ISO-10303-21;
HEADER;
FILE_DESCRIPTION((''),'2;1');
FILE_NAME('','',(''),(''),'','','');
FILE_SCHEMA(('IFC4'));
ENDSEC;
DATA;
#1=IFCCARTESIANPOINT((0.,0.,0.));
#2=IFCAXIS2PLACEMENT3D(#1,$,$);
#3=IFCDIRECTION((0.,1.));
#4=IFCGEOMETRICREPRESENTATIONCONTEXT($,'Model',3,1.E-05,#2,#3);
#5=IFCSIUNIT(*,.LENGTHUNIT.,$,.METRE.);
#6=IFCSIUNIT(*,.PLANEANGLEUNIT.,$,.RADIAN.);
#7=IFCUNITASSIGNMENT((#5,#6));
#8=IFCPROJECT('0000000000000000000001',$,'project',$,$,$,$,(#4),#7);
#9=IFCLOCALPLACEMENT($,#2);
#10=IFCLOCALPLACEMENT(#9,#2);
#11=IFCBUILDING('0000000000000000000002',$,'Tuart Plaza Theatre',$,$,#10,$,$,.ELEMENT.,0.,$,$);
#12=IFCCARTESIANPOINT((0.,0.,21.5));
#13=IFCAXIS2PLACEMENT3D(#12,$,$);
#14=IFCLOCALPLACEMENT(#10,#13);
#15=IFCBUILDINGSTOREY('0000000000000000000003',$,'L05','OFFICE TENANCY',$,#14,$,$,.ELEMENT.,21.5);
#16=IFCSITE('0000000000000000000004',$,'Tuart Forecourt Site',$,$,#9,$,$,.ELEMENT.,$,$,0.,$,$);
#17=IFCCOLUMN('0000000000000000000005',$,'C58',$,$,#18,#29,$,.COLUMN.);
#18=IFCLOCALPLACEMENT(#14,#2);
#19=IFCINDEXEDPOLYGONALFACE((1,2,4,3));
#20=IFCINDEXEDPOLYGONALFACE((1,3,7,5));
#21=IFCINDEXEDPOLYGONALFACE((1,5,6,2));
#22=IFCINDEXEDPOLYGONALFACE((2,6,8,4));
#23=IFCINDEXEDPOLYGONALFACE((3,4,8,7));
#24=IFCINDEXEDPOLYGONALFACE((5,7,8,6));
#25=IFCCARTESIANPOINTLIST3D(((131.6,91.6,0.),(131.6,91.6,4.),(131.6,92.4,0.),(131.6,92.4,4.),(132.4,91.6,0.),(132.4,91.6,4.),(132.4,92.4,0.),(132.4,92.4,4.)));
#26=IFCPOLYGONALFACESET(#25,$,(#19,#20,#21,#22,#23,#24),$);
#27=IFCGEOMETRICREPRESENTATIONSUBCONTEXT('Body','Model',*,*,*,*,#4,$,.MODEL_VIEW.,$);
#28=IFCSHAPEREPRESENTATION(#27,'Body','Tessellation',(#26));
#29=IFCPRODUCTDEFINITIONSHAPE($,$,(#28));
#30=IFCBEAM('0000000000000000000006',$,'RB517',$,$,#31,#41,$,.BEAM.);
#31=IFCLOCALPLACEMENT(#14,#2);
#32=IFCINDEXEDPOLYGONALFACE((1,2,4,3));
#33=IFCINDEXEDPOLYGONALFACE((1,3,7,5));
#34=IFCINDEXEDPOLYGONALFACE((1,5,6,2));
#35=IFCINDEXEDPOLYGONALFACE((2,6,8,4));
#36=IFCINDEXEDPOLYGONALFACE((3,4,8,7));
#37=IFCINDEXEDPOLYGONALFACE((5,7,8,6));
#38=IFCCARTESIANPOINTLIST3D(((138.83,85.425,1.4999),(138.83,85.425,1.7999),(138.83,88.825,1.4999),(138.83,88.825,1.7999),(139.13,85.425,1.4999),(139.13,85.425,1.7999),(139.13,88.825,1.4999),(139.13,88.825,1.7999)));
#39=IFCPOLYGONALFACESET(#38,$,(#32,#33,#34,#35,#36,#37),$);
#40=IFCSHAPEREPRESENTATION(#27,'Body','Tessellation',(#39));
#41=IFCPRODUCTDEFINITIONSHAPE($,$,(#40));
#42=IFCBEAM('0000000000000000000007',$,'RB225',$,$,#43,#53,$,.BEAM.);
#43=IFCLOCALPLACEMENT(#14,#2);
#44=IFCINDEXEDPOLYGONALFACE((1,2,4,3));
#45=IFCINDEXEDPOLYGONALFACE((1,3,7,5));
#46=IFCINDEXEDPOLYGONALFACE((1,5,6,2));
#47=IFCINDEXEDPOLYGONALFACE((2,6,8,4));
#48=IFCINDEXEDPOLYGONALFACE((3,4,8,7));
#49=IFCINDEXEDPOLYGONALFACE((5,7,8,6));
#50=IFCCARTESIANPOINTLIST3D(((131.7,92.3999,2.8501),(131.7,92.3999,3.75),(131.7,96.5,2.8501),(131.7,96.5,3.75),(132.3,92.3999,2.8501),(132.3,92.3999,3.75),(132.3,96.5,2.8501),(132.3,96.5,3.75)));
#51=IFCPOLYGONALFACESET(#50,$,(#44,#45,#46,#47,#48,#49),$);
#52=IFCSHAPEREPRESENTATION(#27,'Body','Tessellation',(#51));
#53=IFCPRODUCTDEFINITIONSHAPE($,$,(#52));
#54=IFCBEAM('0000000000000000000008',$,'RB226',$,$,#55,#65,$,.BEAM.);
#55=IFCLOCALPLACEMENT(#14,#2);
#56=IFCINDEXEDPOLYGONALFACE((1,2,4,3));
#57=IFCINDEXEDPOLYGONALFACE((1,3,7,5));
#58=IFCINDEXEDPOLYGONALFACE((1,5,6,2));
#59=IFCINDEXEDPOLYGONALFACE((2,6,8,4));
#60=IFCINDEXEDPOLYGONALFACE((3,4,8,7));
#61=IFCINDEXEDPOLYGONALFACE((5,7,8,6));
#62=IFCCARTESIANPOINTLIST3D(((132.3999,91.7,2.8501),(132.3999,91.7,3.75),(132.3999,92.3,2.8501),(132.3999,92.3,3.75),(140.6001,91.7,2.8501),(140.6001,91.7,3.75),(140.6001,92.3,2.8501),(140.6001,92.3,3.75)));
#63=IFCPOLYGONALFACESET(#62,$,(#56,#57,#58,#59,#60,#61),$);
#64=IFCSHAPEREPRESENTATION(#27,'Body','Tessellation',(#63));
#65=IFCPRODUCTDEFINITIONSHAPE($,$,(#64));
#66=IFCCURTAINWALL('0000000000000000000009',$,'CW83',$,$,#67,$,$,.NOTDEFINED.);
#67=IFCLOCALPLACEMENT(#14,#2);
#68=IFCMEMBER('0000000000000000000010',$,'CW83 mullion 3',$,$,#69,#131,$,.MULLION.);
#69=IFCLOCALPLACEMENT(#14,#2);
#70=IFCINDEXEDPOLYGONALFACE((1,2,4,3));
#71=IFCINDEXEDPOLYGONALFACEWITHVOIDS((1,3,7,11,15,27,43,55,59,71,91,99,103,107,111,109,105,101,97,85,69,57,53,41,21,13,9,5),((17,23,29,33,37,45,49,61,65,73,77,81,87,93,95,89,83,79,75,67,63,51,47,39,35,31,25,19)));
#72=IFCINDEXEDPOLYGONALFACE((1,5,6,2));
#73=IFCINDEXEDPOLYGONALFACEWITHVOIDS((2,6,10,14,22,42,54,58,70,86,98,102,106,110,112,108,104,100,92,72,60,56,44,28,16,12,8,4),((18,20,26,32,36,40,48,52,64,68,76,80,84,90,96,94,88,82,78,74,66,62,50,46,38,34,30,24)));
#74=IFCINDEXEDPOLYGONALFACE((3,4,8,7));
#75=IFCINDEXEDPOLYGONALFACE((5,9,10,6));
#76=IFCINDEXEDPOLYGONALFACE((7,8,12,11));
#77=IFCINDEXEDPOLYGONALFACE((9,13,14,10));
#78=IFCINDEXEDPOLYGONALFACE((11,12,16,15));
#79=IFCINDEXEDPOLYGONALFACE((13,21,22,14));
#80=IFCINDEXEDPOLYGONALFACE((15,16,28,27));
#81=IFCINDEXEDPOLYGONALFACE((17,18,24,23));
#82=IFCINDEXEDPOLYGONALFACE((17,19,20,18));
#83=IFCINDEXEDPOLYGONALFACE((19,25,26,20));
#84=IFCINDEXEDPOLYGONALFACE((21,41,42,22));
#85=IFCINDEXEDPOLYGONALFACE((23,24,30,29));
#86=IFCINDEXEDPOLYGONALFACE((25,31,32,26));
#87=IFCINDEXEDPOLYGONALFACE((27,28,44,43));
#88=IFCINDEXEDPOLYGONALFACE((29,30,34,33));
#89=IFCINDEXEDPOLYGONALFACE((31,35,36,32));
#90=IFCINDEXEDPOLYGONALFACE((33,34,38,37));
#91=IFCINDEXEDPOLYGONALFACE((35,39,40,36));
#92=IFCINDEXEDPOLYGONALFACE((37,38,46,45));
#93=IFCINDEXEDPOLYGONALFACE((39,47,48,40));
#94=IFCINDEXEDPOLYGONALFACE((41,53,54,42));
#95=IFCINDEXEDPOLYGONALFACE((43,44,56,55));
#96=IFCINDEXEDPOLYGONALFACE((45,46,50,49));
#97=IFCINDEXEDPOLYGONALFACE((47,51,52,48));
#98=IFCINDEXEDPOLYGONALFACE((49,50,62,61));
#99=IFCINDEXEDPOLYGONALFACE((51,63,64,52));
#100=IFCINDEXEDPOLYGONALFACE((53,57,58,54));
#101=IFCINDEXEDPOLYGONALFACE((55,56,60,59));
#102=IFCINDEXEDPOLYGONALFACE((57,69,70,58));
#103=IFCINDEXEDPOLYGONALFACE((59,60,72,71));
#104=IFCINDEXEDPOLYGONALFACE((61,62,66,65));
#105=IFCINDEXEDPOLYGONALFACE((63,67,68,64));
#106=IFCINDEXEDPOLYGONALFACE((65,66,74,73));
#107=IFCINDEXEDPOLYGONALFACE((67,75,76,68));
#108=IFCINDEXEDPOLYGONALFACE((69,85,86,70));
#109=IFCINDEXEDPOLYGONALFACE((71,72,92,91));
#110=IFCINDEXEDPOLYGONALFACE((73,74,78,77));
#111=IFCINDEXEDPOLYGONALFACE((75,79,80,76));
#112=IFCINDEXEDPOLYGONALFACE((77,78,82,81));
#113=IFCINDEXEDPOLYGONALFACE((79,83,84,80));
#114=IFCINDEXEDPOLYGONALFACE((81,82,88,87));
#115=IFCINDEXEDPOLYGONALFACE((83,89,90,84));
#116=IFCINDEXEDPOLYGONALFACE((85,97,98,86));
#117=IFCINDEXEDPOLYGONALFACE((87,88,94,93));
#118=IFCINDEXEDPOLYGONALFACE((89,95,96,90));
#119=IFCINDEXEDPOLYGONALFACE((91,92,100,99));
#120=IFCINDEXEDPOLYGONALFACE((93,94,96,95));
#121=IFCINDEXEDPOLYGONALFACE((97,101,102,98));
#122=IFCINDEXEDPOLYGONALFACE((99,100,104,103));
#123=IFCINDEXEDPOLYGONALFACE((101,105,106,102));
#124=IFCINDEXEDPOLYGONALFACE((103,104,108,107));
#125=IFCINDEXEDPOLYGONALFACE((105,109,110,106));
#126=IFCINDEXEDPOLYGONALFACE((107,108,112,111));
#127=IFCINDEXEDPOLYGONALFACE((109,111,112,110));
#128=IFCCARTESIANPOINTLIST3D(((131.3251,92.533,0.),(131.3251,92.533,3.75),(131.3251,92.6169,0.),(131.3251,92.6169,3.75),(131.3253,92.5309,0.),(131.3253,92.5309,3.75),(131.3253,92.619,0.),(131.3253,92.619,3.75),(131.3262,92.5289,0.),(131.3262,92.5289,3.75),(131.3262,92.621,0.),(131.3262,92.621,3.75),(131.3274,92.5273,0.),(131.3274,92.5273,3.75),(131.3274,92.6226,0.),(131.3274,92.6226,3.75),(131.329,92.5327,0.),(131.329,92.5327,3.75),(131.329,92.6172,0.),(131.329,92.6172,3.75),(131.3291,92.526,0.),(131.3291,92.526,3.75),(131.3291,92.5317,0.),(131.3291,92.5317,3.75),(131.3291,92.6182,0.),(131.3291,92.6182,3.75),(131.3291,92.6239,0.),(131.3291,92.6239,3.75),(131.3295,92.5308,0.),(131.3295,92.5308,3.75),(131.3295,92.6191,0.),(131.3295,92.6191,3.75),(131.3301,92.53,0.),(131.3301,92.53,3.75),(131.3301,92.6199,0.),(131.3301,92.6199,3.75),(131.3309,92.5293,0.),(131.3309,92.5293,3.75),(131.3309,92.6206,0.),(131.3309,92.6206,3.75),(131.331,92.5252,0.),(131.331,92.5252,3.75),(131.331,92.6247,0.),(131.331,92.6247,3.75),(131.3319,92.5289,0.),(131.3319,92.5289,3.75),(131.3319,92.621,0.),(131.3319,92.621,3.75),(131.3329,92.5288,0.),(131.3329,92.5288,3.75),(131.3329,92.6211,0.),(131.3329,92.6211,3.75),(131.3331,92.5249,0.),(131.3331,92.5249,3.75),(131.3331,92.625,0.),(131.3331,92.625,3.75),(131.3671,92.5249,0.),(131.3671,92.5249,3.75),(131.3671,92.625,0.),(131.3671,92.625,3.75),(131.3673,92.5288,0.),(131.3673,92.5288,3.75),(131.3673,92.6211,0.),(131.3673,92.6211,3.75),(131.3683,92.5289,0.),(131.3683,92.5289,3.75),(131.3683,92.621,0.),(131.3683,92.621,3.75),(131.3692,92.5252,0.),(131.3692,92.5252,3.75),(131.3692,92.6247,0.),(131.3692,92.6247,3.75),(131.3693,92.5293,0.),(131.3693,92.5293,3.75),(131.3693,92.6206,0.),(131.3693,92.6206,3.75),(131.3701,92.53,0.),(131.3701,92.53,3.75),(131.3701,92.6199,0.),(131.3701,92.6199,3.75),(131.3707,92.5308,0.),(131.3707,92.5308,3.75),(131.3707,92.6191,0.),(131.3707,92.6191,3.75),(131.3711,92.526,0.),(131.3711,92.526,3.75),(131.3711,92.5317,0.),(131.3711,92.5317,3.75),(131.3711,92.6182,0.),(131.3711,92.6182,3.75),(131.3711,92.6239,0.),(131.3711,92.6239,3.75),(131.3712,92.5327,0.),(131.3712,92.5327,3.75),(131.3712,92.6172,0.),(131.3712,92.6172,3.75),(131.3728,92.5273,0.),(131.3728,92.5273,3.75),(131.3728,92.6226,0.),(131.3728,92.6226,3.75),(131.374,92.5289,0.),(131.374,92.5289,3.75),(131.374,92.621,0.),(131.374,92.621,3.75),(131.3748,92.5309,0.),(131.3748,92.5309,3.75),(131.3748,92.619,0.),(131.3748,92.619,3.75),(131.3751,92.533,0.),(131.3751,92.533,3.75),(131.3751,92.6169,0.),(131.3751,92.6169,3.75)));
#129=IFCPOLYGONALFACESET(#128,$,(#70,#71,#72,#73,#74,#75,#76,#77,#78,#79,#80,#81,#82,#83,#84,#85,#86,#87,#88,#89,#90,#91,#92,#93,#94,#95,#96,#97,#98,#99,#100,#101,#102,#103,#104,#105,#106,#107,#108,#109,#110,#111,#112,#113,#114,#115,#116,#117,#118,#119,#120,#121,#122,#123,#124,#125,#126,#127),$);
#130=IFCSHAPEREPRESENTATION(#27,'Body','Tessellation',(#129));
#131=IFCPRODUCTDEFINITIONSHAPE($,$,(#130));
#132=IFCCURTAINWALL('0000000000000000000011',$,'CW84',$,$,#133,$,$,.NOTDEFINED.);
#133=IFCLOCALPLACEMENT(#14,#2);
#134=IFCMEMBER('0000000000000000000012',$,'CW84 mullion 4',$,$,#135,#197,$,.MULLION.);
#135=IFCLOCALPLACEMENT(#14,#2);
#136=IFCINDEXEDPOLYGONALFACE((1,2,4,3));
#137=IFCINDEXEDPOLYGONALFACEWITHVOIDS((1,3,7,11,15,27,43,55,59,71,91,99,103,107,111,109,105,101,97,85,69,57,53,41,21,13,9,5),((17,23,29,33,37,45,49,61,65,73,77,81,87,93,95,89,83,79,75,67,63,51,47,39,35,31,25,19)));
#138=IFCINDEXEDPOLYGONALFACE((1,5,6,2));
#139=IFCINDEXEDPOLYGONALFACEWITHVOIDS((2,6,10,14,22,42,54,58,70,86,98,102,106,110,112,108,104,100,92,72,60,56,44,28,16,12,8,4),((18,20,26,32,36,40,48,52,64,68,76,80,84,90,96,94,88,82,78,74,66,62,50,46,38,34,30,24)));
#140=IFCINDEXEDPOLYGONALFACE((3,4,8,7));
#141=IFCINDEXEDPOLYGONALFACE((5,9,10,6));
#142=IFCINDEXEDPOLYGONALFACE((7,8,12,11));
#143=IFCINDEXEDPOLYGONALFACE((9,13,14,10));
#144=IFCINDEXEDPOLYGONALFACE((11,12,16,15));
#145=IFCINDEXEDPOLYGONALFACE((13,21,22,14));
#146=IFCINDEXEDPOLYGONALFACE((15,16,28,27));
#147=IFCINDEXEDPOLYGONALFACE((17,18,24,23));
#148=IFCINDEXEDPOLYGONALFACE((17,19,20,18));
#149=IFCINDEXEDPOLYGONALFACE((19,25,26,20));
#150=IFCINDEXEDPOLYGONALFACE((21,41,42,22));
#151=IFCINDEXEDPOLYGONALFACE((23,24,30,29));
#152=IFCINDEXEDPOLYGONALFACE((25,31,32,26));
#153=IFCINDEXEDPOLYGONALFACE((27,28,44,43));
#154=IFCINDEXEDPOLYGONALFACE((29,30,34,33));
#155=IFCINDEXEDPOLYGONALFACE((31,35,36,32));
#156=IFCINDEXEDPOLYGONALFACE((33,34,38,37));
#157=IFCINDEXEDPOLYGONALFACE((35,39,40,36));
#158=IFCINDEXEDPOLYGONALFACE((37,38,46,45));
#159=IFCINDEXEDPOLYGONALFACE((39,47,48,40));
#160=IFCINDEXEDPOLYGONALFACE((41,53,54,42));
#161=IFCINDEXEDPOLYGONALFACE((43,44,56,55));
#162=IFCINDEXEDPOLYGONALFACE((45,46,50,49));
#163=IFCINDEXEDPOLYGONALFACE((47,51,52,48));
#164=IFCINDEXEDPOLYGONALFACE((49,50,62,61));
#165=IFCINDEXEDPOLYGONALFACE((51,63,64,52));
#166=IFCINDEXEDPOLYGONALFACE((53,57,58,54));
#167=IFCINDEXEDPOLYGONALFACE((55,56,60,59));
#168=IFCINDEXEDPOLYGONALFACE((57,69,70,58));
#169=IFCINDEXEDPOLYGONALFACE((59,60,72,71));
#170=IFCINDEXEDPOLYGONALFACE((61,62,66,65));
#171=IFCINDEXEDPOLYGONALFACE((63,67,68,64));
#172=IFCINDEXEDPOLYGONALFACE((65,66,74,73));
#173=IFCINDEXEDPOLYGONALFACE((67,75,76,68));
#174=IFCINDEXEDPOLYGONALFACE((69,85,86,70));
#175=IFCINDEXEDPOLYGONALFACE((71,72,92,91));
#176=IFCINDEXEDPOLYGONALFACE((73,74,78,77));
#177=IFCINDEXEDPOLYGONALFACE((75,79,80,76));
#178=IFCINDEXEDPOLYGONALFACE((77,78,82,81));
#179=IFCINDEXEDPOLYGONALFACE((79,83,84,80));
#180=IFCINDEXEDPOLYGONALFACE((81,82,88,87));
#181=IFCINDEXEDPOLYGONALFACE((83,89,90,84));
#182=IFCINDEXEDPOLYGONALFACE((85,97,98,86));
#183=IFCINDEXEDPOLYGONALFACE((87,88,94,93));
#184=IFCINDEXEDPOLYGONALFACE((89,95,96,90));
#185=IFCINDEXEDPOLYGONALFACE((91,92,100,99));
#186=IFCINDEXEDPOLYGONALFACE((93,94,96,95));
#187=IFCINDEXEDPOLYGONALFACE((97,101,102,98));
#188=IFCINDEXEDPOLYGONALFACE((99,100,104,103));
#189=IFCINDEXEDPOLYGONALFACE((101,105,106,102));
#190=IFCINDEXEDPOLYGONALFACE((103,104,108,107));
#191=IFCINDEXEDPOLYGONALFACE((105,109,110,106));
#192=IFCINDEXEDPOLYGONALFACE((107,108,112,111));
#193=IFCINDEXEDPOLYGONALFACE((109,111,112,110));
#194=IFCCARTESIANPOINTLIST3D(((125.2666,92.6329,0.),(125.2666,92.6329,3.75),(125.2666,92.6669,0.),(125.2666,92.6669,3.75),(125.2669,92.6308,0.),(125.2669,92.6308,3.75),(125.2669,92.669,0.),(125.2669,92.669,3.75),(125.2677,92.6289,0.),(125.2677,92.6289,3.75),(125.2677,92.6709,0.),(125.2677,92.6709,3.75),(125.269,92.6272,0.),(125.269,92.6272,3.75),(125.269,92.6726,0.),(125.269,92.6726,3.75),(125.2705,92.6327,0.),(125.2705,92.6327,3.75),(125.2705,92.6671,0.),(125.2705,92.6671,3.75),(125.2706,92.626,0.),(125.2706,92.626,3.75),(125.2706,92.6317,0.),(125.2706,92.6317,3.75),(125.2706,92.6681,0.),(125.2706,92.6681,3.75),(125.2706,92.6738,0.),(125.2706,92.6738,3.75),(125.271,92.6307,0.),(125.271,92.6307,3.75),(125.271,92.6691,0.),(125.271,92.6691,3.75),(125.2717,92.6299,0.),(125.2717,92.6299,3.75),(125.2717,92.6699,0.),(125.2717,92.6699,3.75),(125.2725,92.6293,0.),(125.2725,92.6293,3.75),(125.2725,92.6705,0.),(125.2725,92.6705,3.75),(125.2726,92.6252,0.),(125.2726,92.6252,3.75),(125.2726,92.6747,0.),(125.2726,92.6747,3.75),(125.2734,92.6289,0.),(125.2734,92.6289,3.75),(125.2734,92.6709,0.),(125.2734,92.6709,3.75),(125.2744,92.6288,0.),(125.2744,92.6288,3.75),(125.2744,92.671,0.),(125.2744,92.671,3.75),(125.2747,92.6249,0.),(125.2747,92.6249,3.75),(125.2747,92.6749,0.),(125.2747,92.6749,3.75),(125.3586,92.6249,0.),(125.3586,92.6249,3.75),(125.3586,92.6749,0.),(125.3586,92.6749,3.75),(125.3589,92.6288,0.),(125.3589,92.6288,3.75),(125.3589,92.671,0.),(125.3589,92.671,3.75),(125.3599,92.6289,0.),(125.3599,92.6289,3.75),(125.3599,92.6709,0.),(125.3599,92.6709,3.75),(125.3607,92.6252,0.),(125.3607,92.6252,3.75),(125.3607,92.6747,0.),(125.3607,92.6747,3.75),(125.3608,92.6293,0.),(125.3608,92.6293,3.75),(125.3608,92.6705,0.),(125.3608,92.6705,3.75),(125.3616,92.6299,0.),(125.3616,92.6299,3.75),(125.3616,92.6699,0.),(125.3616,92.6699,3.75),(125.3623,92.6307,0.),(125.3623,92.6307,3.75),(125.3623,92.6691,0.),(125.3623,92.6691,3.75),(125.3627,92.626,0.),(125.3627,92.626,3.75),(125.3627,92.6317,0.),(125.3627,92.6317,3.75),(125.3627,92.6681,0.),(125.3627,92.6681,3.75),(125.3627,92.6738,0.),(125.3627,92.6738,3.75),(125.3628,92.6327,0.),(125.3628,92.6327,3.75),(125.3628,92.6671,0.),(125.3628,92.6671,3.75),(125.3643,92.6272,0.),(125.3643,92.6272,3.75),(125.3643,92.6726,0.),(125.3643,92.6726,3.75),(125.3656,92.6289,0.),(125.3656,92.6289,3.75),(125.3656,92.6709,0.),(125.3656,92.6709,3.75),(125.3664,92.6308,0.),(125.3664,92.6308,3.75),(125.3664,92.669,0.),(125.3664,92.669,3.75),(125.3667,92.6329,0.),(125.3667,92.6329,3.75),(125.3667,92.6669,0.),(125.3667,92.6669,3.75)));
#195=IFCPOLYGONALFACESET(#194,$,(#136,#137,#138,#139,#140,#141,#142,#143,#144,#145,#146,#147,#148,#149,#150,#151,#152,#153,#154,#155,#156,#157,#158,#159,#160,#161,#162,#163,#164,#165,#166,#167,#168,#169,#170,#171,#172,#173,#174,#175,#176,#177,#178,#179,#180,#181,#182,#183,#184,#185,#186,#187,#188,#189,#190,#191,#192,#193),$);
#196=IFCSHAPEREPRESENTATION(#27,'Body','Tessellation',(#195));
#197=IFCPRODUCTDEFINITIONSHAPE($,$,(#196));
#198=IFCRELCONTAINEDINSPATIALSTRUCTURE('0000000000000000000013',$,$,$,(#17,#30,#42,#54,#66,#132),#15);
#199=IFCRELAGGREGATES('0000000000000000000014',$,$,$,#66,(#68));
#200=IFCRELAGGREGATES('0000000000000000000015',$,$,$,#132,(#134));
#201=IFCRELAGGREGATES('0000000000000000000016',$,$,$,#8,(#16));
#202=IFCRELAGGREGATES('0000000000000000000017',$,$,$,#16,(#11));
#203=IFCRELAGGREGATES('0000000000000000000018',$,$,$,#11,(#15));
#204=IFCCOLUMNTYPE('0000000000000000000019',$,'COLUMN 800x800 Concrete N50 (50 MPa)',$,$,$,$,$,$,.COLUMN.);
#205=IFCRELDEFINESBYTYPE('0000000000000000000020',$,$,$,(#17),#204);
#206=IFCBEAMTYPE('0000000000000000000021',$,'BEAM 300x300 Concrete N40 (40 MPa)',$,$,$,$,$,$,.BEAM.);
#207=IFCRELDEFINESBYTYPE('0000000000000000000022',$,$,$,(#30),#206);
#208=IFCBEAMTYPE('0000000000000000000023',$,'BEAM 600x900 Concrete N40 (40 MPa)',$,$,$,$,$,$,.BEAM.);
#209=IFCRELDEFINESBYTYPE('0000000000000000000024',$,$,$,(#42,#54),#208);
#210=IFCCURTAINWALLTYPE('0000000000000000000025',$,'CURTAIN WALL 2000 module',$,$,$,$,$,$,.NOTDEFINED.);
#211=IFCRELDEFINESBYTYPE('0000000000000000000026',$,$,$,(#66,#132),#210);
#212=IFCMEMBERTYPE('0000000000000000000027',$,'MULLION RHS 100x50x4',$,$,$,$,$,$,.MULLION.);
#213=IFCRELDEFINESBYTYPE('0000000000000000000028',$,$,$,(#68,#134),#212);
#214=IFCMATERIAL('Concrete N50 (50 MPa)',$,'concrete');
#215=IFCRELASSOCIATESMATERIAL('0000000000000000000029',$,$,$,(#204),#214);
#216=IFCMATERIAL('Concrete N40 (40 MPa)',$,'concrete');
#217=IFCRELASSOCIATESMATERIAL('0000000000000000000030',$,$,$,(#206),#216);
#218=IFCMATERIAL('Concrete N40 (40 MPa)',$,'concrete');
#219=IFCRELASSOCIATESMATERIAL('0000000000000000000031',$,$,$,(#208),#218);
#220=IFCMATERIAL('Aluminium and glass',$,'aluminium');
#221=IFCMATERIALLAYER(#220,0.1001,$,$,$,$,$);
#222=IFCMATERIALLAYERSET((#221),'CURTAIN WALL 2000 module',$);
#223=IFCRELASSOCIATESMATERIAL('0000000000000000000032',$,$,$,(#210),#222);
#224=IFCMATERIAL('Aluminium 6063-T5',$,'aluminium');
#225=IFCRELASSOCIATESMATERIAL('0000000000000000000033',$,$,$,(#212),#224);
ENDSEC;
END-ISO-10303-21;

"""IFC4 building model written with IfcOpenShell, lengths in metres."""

from ifc_helpers import new_model, si_unit, direction, frame, origin, origin_2d, place, context, subcontext, project, spatial, rectangle, hollow_rectangle, extrude, material, layer, layer_set, material_profile, profile_set, type_object, element, aggregate, save


model = new_model("IFC4")

# Units and contexts
model_context = context("Model", 3, precision=1e-05, world=origin(), true_north=direction((0.0, 1.0)))
body_context = subcontext(model_context, "Body", "Model", "MODEL_VIEW")
ifc_project = project(units=[si_unit("LENGTHUNIT", "METRE"), si_unit("PLANEANGLEUNIT", "RADIAN")], contexts=[model_context])

# Site, building, storey
site_placement = place(None, origin())
site = spatial("IfcSite", under=ifc_project, at=site_placement, Name="Tuart Forecourt Site", CompositionType="ELEMENT", RefElevation=0.0)
building_placement = place(site_placement, origin())
building = spatial("IfcBuilding", under=site, at=building_placement, Name="Tuart Plaza Theatre", CompositionType="ELEMENT", ElevationOfRefHeight=0.0)
storey_placement = place(building_placement, frame((0.0, 0.0, 21.5)))
storey = spatial("IfcBuildingStorey", under=building, at=storey_placement, Name="L05", Description="OFFICE TENANCY", CompositionType="ELEMENT", Elevation=21.5)

# Column
ifc_material_1 = material(Name="Concrete N50 (50 MPa)", Category="concrete")
ifc_material_profile_1 = material_profile(ifc_material_1, rectangle(XDim=0.8, YDim=0.8, at=origin_2d()), Name="COLUMN 800x800 Concrete N50 (50 MPa)")
ifc_profile_set_1 = profile_set([ifc_material_profile_1], Name="Concrete N50 (50 MPa)")
column_type = type_object("IfcColumnType", Name="COLUMN 800x800 Concrete N50 (50 MPa)", PredefinedType="COLUMN", material=ifc_profile_set_1)
column_placement = place(storey_placement, frame((132.0, 92.0, 0.0), z_axis=(0.0, 0.0, 1.0), x_axis=(1.0, 0.0, 0.0)))
element("IfcColumn", 1, at=column_placement, inside=storey, type_object=column_type, Name="C58", PredefinedType="COLUMN", context=body_context, shape_type="SweptSolid", body=[
    extrude(rectangle(XDim=0.8, YDim=0.8, at=origin_2d()), origin(), (0.0, 0.0, 1.0), 4.0),
])

# Beams
ifc_material_2 = material(Name="Concrete N40 (40 MPa)", Category="concrete")
ifc_material_profile_2 = material_profile(ifc_material_2, rectangle(XDim=0.3, YDim=0.3, at=origin_2d()), Name="BEAM 300x300 Concrete N40 (40 MPa)")
ifc_profile_set_2 = profile_set([ifc_material_profile_2], Name="Concrete N40 (40 MPa)")
beam_type_1 = type_object("IfcBeamType", Name="BEAM 300x300 Concrete N40 (40 MPa)", PredefinedType="BEAM", material=ifc_profile_set_2)
beam_1_placement = place(storey_placement, frame((138.98, 85.425, 1.6499), z_axis=(0.0, 1.0, 0.0), x_axis=(-1.0, 0.0, 0.0)))
element("IfcBeam", 2, at=beam_1_placement, inside=storey, type_object=beam_type_1, Name="RB517", PredefinedType="BEAM", context=body_context, shape_type="SweptSolid", body=[
    extrude(rectangle(XDim=0.3, YDim=0.3, at=origin_2d()), origin(), (0.0, 0.0, 1.0), 3.3999),
])
ifc_material_3 = material(Name="Concrete N40 (40 MPa)", Category="concrete")
ifc_material_profile_3 = material_profile(ifc_material_3, rectangle(XDim=0.6001, YDim=0.8999, at=origin_2d()), Name="BEAM 600x900 Concrete N40 (40 MPa)")
ifc_profile_set_3 = profile_set([ifc_material_profile_3], Name="Concrete N40 (40 MPa)")
beam_type_2 = type_object("IfcBeamType", Name="BEAM 600x900 Concrete N40 (40 MPa)", PredefinedType="BEAM", material=ifc_profile_set_3)
beam_2_placement = place(storey_placement, frame((132.0, 92.3999, 3.3), z_axis=(0.0, 1.0, 0.0), x_axis=(-1.0, 0.0, 0.0)))
element("IfcBeam", 3, at=beam_2_placement, inside=storey, type_object=beam_type_2, Name="RB225", PredefinedType="BEAM", context=body_context, shape_type="SweptSolid", body=[
    extrude(rectangle(XDim=0.6001, YDim=0.8999, at=origin_2d()), origin(), (0.0, 0.0, 1.0), 4.1001),
])
beam_3_placement = place(storey_placement, frame((132.3999, 92.0, 3.3), z_axis=(1.0, 0.0, 0.0), x_axis=(0.0, 1.0, 0.0)))
element("IfcBeam", 4, at=beam_3_placement, inside=storey, type_object=beam_type_2, Name="RB226", PredefinedType="BEAM", context=body_context, shape_type="SweptSolid", body=[
    extrude(rectangle(XDim=0.6001, YDim=0.8999, at=origin_2d()), origin(), (0.0, 0.0, 1.0), 8.2002),
])

# Curtain wall, member
ifc_material_4 = material(Name="Aluminium and glass", Category="aluminium")
ifc_layer_1 = layer(ifc_material_4, 0.1001)
ifc_layer_set_1 = layer_set([ifc_layer_1], Name="CURTAIN WALL 2000 module")
curtain_wall_type = type_object("IfcCurtainWallType", Name="CURTAIN WALL 2000 module", PredefinedType="NOTDEFINED", material=ifc_layer_set_1)
curtain_wall_1_placement = place(storey_placement, origin())
curtain_wall_1 = element("IfcCurtainWall", 5, at=curtain_wall_1_placement, inside=storey, type_object=curtain_wall_type, Name="CW83", PredefinedType="NOTDEFINED")
ifc_material_5 = material(Name="Aluminium 6063-T5", Category="aluminium")
ifc_material_profile_4 = material_profile(ifc_material_5, hollow_rectangle(XDim=0.05, YDim=0.1001, WallThickness=0.0039, InnerFilletRadius=0.0039, OuterFilletRadius=0.0081, at=origin_2d()), Name="RHS 100x50x4")
ifc_profile_set_4 = profile_set([ifc_material_profile_4], Name="Aluminium 6063-T5")
member_type_1 = type_object("IfcMemberType", Name="MULLION RHS 100x50x4", PredefinedType="MULLION", material=ifc_profile_set_4)
member_1_placement = place(storey_placement, frame((131.3501, 92.575, 0.0), z_axis=(0.0, 0.0, 1.0), x_axis=(1.0, 0.0, 0.0)))
member_1 = element("IfcMember", 6, at=member_1_placement, type_object=member_type_1, Name="CW83 mullion 3", PredefinedType="MULLION", context=body_context, shape_type="SweptSolid", body=[
    extrude(hollow_rectangle(XDim=0.05, YDim=0.1001, WallThickness=0.0039, InnerFilletRadius=0.0039, OuterFilletRadius=0.0081, at=origin_2d()), origin(), (0.0, 0.0, 1.0), 3.75),
])
aggregate(curtain_wall_1, [member_1])

# Curtain wall, member
curtain_wall_2_placement = place(storey_placement, origin())
curtain_wall_2 = element("IfcCurtainWall", 7, at=curtain_wall_2_placement, inside=storey, type_object=curtain_wall_type, Name="CW84", PredefinedType="NOTDEFINED")
member_2_placement = place(storey_placement, frame((125.3167, 92.6499, 0.0), z_axis=(0.0, 0.0, 1.0), x_axis=(0.0, -1.0, 0.0)))
member_2 = element("IfcMember", 8, at=member_2_placement, type_object=member_type_1, Name="CW84 mullion 4", PredefinedType="MULLION", context=body_context, shape_type="SweptSolid", body=[
    extrude(hollow_rectangle(XDim=0.05, YDim=0.1001, WallThickness=0.0039, InnerFilletRadius=0.0039, OuterFilletRadius=0.0081, at=origin_2d()), origin(), (0.0, 0.0, 1.0), 3.75),
])
aggregate(curtain_wall_2, [member_2])

save(model, "model.ifc")
